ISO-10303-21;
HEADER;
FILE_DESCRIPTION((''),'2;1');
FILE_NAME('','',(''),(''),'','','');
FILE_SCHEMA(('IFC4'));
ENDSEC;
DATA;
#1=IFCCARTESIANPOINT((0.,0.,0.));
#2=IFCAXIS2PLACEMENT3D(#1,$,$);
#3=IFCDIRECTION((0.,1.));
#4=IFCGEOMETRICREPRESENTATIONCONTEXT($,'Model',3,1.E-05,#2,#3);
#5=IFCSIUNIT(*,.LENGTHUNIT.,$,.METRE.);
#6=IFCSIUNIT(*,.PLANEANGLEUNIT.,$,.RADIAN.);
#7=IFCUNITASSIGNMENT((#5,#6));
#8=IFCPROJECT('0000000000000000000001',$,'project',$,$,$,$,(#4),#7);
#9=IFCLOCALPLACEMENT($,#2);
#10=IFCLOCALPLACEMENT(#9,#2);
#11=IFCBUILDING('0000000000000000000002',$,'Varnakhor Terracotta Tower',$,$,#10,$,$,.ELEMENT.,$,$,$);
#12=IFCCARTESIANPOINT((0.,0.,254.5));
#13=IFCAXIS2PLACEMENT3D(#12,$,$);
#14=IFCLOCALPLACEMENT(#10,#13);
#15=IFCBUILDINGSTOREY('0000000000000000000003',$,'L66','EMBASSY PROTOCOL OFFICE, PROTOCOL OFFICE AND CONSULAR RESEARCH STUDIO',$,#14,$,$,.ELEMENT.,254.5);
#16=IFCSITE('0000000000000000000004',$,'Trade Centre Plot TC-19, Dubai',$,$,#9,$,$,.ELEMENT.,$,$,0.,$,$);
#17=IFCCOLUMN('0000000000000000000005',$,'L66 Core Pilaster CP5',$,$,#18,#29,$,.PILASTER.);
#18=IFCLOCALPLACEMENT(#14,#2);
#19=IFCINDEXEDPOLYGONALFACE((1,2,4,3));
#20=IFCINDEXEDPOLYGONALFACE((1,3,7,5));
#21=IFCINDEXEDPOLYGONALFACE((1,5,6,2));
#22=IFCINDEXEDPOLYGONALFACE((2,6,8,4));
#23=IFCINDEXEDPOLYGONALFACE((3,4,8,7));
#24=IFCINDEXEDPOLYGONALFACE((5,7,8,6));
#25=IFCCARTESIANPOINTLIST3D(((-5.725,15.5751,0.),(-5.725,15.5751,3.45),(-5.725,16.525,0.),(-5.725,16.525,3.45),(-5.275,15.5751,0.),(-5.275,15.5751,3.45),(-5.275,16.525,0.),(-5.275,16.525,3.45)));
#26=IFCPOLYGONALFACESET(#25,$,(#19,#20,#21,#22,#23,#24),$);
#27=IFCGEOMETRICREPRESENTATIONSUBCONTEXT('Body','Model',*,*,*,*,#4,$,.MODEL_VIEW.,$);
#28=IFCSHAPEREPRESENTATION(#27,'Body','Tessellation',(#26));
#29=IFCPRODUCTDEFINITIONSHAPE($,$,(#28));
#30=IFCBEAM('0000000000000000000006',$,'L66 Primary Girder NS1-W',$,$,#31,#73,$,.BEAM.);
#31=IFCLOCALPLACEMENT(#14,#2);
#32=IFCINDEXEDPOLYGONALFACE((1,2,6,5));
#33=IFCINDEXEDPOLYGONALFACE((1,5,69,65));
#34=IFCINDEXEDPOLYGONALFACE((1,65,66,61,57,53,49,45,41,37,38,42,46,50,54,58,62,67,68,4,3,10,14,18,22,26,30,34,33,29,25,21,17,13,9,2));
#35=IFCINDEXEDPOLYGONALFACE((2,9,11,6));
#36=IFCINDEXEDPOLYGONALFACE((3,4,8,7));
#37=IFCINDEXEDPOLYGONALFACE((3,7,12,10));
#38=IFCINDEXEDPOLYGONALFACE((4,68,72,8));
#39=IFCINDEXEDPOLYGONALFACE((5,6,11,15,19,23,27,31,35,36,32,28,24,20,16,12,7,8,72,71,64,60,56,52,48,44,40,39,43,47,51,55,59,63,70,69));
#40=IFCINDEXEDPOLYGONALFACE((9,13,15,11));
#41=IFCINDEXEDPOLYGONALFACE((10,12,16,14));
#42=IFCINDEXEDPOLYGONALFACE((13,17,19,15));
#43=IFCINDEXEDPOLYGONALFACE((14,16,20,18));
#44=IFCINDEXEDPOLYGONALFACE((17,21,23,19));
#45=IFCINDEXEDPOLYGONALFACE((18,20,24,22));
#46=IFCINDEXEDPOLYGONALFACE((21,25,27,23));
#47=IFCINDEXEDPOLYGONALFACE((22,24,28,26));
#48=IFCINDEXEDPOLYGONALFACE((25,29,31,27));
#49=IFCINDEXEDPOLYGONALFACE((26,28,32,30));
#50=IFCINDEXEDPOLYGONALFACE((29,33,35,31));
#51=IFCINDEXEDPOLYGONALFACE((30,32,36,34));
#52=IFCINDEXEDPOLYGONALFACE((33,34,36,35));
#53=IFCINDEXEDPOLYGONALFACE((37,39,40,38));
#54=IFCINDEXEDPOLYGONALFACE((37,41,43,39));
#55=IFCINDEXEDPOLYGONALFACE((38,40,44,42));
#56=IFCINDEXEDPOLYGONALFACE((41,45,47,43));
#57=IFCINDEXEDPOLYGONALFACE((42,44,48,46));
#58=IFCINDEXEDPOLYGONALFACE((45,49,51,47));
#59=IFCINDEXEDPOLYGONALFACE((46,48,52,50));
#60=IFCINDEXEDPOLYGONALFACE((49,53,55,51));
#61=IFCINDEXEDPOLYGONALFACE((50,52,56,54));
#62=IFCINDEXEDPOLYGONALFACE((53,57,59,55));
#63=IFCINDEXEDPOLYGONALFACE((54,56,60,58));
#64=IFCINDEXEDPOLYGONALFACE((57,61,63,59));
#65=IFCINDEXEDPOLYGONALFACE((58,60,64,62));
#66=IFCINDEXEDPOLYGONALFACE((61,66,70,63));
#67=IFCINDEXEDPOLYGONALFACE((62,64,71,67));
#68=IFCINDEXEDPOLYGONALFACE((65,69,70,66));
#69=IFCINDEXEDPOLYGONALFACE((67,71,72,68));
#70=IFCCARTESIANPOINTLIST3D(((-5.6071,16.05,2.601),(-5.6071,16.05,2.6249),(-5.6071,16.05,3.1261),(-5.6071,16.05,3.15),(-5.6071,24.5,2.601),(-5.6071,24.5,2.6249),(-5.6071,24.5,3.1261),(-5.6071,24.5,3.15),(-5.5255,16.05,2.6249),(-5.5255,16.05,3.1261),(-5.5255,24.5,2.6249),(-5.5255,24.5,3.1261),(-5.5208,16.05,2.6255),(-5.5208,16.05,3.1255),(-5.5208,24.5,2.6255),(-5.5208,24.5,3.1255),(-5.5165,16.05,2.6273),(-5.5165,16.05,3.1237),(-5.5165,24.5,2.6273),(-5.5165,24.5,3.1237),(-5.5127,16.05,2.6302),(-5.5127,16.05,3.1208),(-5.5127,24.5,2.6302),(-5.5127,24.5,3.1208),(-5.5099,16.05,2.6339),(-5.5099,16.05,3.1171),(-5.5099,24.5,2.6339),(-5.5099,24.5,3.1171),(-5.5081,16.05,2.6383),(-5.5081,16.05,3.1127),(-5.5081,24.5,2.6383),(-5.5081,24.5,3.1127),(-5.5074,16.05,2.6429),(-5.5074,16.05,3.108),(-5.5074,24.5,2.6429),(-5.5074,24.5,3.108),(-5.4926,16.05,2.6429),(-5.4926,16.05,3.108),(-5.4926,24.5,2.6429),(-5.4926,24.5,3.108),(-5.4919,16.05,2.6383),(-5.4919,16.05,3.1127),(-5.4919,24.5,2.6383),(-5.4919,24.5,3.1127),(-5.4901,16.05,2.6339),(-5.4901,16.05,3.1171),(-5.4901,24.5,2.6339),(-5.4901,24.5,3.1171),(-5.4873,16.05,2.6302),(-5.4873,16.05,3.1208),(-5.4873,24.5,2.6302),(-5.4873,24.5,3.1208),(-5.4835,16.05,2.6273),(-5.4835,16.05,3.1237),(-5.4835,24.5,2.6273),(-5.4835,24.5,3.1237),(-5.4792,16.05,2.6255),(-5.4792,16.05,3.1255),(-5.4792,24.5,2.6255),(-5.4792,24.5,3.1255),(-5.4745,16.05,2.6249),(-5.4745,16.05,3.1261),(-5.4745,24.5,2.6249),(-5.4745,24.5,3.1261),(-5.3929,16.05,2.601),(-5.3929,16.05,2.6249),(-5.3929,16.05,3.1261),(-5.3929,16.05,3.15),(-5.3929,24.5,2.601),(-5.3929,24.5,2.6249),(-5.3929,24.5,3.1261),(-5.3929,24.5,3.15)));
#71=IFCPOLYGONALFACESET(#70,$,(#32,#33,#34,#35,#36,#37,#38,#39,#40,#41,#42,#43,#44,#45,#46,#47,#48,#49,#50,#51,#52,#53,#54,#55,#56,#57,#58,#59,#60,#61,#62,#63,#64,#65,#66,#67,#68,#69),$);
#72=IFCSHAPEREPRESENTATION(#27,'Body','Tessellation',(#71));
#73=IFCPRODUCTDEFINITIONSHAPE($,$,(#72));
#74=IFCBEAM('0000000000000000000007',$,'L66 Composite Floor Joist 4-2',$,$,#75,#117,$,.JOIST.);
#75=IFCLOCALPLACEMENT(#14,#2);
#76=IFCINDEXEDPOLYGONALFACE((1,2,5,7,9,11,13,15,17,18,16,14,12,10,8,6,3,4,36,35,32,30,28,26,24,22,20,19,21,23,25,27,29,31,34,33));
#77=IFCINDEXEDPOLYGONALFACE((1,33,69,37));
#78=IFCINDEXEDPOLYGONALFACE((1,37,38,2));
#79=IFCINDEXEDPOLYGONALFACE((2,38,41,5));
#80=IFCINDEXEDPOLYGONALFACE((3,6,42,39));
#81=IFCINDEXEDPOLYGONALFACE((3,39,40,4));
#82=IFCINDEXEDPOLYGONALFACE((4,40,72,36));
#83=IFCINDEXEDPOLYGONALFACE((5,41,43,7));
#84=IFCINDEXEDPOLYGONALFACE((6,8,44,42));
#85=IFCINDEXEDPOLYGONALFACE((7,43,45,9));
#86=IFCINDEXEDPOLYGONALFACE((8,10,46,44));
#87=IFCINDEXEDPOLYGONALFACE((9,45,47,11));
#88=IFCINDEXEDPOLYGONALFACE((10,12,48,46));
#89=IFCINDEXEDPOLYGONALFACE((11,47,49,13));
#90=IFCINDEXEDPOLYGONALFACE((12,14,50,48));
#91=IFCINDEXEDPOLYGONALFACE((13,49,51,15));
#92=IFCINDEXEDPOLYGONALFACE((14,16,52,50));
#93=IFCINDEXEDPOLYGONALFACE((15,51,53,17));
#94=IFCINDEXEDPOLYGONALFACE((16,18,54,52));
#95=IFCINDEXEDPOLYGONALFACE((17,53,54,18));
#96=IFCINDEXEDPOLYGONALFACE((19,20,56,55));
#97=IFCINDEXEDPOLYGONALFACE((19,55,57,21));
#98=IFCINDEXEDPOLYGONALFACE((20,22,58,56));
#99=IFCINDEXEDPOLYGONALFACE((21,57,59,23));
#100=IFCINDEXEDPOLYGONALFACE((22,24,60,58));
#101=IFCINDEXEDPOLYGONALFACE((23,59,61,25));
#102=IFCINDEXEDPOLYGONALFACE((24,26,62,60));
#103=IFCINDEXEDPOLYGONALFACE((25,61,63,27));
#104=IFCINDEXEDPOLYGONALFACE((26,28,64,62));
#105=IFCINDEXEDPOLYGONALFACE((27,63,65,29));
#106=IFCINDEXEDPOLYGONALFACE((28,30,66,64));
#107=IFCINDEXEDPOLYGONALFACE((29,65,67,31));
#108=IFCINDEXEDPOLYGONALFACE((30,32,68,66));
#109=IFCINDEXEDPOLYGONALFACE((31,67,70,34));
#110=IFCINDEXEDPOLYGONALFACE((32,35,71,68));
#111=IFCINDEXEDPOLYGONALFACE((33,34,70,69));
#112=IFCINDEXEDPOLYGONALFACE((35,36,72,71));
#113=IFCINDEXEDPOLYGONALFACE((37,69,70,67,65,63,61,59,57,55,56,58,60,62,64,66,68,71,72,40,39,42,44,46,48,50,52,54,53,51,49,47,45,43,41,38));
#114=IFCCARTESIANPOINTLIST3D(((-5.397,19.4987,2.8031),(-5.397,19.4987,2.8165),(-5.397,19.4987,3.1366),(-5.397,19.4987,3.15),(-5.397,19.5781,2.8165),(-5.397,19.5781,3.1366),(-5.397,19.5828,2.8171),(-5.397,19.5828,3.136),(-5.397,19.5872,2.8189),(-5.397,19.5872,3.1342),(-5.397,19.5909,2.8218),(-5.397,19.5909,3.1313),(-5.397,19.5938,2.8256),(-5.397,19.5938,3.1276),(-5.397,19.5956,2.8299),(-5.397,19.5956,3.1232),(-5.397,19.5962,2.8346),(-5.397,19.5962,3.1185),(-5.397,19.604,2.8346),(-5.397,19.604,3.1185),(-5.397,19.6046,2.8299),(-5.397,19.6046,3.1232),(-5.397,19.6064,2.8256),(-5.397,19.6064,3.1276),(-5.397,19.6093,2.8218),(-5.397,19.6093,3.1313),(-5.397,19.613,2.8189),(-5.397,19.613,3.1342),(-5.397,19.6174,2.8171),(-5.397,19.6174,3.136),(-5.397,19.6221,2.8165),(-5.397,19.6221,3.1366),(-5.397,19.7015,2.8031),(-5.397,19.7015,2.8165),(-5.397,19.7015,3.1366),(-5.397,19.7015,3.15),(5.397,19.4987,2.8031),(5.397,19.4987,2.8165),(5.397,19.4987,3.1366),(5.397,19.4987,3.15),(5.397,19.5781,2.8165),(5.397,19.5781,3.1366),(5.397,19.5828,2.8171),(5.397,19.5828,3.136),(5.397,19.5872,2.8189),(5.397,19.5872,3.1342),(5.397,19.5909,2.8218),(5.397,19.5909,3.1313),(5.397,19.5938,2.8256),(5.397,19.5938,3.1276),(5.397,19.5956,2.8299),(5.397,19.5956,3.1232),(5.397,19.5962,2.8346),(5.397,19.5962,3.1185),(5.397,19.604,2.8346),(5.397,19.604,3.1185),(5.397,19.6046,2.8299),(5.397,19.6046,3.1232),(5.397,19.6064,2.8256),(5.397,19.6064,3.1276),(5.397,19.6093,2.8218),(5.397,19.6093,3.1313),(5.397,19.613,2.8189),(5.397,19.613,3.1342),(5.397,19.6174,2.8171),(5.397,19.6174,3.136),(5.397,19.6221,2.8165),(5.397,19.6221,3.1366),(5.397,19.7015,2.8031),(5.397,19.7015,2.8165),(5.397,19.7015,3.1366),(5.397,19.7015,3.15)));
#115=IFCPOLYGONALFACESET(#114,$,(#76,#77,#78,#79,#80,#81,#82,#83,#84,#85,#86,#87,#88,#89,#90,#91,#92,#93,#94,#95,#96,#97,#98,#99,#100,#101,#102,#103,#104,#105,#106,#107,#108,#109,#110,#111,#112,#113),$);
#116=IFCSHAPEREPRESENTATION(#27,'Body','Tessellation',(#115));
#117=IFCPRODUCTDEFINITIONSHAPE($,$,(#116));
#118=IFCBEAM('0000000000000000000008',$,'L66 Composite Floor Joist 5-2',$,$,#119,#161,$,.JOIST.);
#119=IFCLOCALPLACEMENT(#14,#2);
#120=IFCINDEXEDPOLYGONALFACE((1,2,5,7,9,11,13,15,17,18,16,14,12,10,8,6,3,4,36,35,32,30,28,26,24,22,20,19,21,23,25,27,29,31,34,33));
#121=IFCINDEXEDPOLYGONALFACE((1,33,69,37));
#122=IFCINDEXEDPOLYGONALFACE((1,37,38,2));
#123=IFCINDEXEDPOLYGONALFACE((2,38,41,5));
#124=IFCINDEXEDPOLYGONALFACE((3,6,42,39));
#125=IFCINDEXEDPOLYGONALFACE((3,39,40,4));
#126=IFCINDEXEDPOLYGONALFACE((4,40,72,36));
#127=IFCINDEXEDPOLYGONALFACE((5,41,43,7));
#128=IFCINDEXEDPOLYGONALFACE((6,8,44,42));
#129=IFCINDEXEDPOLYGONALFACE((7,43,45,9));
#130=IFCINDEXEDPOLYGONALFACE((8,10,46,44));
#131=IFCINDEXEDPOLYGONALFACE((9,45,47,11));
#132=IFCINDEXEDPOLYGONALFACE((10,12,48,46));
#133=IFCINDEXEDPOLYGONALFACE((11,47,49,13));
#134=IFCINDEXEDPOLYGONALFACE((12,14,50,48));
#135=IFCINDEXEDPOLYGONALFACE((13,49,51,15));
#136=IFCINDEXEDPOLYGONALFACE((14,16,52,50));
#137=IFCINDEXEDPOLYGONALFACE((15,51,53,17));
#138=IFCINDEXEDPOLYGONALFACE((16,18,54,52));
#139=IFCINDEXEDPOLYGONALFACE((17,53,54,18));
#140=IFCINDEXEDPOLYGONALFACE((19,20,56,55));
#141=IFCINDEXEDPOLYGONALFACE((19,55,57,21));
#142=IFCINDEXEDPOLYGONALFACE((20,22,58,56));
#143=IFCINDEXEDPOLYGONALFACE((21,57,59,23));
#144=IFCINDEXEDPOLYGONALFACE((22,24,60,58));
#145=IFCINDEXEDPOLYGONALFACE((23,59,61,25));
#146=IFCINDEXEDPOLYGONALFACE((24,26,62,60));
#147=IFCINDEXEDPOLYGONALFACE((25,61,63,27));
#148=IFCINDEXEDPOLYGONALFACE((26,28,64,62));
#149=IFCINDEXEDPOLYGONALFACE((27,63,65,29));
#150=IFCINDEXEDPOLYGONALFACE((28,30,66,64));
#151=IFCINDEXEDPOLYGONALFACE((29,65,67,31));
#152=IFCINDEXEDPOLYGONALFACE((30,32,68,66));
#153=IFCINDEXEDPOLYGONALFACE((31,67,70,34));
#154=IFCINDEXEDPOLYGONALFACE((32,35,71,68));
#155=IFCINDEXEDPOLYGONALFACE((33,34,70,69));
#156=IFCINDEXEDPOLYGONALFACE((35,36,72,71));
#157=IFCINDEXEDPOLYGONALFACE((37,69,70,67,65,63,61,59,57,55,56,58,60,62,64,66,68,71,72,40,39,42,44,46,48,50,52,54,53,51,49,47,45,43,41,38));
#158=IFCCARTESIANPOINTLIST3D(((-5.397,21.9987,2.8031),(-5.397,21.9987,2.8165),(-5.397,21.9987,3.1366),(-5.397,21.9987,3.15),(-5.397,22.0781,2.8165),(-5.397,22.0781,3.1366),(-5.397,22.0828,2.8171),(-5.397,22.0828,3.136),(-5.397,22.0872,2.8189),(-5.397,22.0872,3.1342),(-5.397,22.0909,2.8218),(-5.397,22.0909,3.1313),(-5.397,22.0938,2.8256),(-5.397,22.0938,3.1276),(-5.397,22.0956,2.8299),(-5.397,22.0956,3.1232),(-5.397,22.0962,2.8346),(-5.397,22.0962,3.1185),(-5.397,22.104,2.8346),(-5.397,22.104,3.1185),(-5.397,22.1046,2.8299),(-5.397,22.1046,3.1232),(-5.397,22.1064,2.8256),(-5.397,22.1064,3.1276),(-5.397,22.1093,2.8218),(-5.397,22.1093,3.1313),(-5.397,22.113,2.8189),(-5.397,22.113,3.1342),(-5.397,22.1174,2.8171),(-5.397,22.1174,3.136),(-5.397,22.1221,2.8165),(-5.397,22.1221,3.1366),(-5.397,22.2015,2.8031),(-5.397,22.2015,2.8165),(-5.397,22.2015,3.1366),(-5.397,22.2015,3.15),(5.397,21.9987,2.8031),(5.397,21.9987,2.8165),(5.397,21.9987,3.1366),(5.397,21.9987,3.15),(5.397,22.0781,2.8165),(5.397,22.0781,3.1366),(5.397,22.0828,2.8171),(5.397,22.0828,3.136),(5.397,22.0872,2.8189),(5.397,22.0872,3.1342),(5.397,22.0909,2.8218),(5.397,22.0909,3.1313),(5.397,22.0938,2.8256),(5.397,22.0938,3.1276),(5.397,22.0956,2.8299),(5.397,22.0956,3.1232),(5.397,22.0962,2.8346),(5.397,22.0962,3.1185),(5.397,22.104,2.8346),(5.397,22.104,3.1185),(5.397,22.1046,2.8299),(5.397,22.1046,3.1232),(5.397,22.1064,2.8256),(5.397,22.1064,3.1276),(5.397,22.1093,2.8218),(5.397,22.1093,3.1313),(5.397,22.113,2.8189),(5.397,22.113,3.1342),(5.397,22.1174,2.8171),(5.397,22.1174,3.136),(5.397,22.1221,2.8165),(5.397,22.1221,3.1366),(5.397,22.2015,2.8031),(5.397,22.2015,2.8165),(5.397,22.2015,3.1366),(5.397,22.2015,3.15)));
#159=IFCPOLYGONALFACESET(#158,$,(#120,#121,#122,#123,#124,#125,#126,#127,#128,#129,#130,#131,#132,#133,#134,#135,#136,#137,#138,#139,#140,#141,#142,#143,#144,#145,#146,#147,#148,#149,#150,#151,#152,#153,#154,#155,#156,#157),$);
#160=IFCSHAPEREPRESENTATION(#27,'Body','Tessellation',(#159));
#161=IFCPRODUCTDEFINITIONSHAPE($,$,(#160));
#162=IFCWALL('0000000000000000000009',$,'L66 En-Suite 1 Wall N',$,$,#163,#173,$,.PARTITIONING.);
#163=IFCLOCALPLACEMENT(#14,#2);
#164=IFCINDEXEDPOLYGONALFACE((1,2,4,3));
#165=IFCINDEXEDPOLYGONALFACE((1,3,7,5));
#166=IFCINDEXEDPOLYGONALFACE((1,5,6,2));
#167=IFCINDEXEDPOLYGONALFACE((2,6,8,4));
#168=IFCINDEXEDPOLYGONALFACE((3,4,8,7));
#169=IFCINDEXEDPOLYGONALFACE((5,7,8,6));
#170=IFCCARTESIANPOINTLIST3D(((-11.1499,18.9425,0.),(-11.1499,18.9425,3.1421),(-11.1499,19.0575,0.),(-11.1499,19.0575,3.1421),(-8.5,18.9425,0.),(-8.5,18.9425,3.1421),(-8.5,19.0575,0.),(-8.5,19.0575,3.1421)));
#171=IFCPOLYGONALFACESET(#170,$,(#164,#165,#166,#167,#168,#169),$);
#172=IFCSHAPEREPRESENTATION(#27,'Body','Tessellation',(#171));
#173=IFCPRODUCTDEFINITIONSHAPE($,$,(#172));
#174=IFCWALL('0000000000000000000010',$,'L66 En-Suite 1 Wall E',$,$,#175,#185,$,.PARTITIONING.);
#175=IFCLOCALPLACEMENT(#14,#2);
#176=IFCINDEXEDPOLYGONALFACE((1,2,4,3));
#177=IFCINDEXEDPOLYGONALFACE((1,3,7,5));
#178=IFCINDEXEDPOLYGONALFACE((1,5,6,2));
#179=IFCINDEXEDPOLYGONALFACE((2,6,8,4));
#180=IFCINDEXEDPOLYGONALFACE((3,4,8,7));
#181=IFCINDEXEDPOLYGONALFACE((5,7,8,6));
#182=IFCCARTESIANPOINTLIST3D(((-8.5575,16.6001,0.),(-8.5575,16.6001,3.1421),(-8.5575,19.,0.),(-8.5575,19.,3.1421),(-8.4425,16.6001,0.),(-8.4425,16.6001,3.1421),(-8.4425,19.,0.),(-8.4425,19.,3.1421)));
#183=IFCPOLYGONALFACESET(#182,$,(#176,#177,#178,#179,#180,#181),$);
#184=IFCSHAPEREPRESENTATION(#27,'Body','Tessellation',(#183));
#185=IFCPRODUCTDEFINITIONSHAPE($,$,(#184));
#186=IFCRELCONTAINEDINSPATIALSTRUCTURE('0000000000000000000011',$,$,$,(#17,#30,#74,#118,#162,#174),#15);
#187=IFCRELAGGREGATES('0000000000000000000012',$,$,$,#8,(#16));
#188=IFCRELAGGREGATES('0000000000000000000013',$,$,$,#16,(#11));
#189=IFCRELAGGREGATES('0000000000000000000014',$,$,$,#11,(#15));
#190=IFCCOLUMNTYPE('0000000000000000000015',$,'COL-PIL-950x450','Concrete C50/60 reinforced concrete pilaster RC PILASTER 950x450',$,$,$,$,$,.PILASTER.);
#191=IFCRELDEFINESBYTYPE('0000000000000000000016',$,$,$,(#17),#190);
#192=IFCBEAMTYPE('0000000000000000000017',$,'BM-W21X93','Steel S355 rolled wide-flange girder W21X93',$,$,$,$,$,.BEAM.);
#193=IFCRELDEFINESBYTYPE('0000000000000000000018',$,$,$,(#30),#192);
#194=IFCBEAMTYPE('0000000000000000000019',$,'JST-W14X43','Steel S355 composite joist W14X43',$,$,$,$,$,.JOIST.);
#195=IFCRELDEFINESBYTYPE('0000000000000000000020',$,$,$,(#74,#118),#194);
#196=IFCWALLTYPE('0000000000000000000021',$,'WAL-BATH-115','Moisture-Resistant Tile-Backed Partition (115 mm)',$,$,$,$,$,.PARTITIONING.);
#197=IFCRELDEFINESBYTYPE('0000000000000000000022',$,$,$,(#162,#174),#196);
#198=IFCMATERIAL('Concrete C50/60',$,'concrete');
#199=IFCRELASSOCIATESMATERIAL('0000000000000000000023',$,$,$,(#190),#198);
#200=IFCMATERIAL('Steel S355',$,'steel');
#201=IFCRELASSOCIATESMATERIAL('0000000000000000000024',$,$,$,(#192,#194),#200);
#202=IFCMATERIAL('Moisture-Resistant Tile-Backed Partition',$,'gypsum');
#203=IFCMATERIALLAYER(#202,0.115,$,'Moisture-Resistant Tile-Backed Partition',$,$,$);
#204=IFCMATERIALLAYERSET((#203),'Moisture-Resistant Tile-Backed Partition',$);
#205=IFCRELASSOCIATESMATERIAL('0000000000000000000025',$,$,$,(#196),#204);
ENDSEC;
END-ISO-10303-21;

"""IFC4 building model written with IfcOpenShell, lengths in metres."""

from ifc_helpers import new_model, si_unit, direction, frame, frame_2d, origin, origin_2d, place, context, subcontext, project, spatial, rectangle, i_section, extrude, source, transform, mapped, material, layer, layer_set, material_profile, profile_set, type_object, type_shapes, element, save


model = new_model("IFC4")

# Units and contexts
model_context = context("Model", 3, precision=1e-05, world=origin(), true_north=direction((0.0, 1.0)))
body_context = subcontext(model_context, "Body", "Model", "MODEL_VIEW")
ifc_project = project(units=[si_unit("LENGTHUNIT", "METRE"), si_unit("PLANEANGLEUNIT", "RADIAN")], contexts=[model_context])

# Site, building, storey
site_placement = place(None, origin())
site = spatial("IfcSite", under=ifc_project, at=site_placement, Name="Trade Centre Plot TC-19, Dubai", CompositionType="ELEMENT", RefElevation=0.0)
building_placement = place(site_placement, origin())
building = spatial("IfcBuilding", under=site, at=building_placement, Name="Varnakhor Terracotta Tower", CompositionType="ELEMENT")
storey_placement = place(building_placement, frame((0.0, 0.0, 254.5)))
storey = spatial("IfcBuildingStorey", under=building, at=storey_placement, Name="L66", Description="EMBASSY PROTOCOL OFFICE, PROTOCOL OFFICE AND CONSULAR RESEARCH STUDIO", CompositionType="ELEMENT", Elevation=254.5)

# Column
ifc_material_1 = material(Name="Concrete C50/60", Category="concrete")
ifc_material_profile_1 = material_profile(ifc_material_1, rectangle(XDim=0.45, YDim=0.95, at=origin_2d()), Name="RC PILASTER 950x450")
ifc_profile_set_1 = profile_set([ifc_material_profile_1], Name="Concrete C50/60")
column_type = type_object("IfcColumnType", Name="COL-PIL-950x450", Description="Concrete C50/60 reinforced concrete pilaster RC PILASTER 950x450", PredefinedType="PILASTER", material=ifc_profile_set_1)
shared_shape_1 = source(origin(), body_context, "Body", "SweptSolid", [
    extrude(rectangle(XDim=0.45, YDim=0.95, at=origin_2d()), origin(), (0.0, 0.0, 1.0), 3.45),
])
column_placement = place(storey_placement, frame((-5.5, 16.05, 0.0), z_axis=(0.0, 0.0, 1.0), x_axis=(1.0, 0.0, 0.0)))
element("IfcColumn", 1, at=column_placement, inside=storey, type_object=column_type, Name="L66 Core Pilaster CP5", PredefinedType="PILASTER", context=body_context, shape_type="MappedRepresentation", body=[
    mapped(shared_shape_1, transform((0.0, 0.0, 0.0), scale=1.0)),
])

# Beams
ifc_material_2 = material(Name="Steel S355", Category="steel")
ifc_material_profile_2 = material_profile(ifc_material_2, i_section(OverallWidth=0.2141, OverallDepth=0.5491, WebThickness=0.0149, FlangeThickness=0.0239, FilletRadius=0.0181, at=origin_2d()), Name="W21X93")
ifc_profile_set_2 = profile_set([ifc_material_profile_2], Name="Steel S355")
beam_type_1 = type_object("IfcBeamType", Name="BM-W21X93", Description="Steel S355 rolled wide-flange girder W21X93", PredefinedType="BEAM", material=ifc_profile_set_2)
shared_shape_2 = source(origin(), body_context, "Body", "SweptSolid", [
    extrude(i_section(OverallWidth=0.2141, OverallDepth=0.5491, WebThickness=0.0149, FlangeThickness=0.0239, FilletRadius=0.0181, at=origin_2d()), origin(), (0.0, 0.0, 1.0), 8.45),
])
type_shapes(beam_type_1, [shared_shape_2])
beam_placement = place(storey_placement, frame((-5.5, 16.05, 2.8755), z_axis=(0.0, 1.0, 0.0), x_axis=(-1.0, 0.0, 0.0)))
element("IfcBeam", 2, at=beam_placement, inside=storey, type_object=beam_type_1, Name="L66 Primary Girder NS1-W", PredefinedType="BEAM", context=body_context, shape_type="MappedRepresentation", body=[
    mapped(shared_shape_2, transform((0.0, 0.0, 0.0), scale=1.0)),
])
ifc_material_profile_3 = material_profile(ifc_material_2, i_section(OverallWidth=0.2029, OverallDepth=0.3469, WebThickness=0.0078, FlangeThickness=0.0134, FilletRadius=0.0181, at=origin_2d()), Name="W14X43")
ifc_profile_set_3 = profile_set([ifc_material_profile_3], Name="Steel S355")
beam_type_2 = type_object("IfcBeamType", Name="JST-W14X43", Description="Steel S355 composite joist W14X43", PredefinedType="JOIST", material=ifc_profile_set_3)
shared_shape_3 = source(origin(), body_context, "Body", "SweptSolid", [
    extrude(i_section(OverallWidth=0.2029, OverallDepth=0.3469, WebThickness=0.0078, FlangeThickness=0.0134, FilletRadius=0.0181, at=origin_2d()), origin(), (0.0, 0.0, 1.0), 10.7939),
])
for number, where, z_axis, x_axis, name in (
    (3, (-5.397, 19.6001, 2.9766), (1.0, 0.0, 0.0), (0.0, 1.0, 0.0), "L66 Composite Floor Joist 4-2"),
    (4, (-5.397, 22.1001, 2.9766), (1.0, 0.0, 0.0), (0.0, 1.0, 0.0), "L66 Composite Floor Joist 5-2"),
):
    element("IfcBeam", number, at=place(storey_placement, frame(where, z_axis=z_axis, x_axis=x_axis)), inside=storey, type_object=beam_type_2, Name=name, PredefinedType="JOIST", context=body_context, shape_type="MappedRepresentation", body=[
        mapped(shared_shape_3, transform((0.0, 0.0, 0.0), scale=1.0)),
    ])

# Walls
ifc_material_3 = material(Name="Moisture-Resistant Tile-Backed Partition", Category="gypsum")
ifc_layer_1 = layer(ifc_material_3, 0.115, Name="Moisture-Resistant Tile-Backed Partition")
ifc_layer_set_1 = layer_set([ifc_layer_1], Name="Moisture-Resistant Tile-Backed Partition")
wall_type_1 = type_object("IfcWallType", Name="WAL-BATH-115", Description="Moisture-Resistant Tile-Backed Partition (115 mm)", PredefinedType="PARTITIONING", material=ifc_layer_set_1)
wall_1_placement = place(storey_placement, frame((-11.1499, 19.0, 0.0), z_axis=(0.0, 0.0, 1.0), x_axis=(1.0, 0.0, 0.0)))
element("IfcWall", 5, at=wall_1_placement, inside=storey, type_object=wall_type_1, Name="L66 En-Suite 1 Wall N", PredefinedType="PARTITIONING", context=body_context, shape_type="SweptSolid", body=[
    extrude(rectangle(XDim=2.6499, YDim=0.115, at=frame_2d((1.325, 0.0))), origin(), (0.0, 0.0, 1.0), 3.1421),
])
wall_2_placement = place(storey_placement, frame((-8.5, 16.6001, 0.0), z_axis=(0.0, 0.0, 1.0), x_axis=(0.0, 1.0, 0.0)))
element("IfcWall", 6, at=wall_2_placement, inside=storey, type_object=wall_type_1, Name="L66 En-Suite 1 Wall E", PredefinedType="PARTITIONING", context=body_context, shape_type="SweptSolid", body=[
    extrude(rectangle(XDim=2.3999, YDim=0.115, at=frame_2d((1.2, 0.0))), origin(), (0.0, 0.0, 1.0), 3.1421),
])

save(model, "model.ifc")
